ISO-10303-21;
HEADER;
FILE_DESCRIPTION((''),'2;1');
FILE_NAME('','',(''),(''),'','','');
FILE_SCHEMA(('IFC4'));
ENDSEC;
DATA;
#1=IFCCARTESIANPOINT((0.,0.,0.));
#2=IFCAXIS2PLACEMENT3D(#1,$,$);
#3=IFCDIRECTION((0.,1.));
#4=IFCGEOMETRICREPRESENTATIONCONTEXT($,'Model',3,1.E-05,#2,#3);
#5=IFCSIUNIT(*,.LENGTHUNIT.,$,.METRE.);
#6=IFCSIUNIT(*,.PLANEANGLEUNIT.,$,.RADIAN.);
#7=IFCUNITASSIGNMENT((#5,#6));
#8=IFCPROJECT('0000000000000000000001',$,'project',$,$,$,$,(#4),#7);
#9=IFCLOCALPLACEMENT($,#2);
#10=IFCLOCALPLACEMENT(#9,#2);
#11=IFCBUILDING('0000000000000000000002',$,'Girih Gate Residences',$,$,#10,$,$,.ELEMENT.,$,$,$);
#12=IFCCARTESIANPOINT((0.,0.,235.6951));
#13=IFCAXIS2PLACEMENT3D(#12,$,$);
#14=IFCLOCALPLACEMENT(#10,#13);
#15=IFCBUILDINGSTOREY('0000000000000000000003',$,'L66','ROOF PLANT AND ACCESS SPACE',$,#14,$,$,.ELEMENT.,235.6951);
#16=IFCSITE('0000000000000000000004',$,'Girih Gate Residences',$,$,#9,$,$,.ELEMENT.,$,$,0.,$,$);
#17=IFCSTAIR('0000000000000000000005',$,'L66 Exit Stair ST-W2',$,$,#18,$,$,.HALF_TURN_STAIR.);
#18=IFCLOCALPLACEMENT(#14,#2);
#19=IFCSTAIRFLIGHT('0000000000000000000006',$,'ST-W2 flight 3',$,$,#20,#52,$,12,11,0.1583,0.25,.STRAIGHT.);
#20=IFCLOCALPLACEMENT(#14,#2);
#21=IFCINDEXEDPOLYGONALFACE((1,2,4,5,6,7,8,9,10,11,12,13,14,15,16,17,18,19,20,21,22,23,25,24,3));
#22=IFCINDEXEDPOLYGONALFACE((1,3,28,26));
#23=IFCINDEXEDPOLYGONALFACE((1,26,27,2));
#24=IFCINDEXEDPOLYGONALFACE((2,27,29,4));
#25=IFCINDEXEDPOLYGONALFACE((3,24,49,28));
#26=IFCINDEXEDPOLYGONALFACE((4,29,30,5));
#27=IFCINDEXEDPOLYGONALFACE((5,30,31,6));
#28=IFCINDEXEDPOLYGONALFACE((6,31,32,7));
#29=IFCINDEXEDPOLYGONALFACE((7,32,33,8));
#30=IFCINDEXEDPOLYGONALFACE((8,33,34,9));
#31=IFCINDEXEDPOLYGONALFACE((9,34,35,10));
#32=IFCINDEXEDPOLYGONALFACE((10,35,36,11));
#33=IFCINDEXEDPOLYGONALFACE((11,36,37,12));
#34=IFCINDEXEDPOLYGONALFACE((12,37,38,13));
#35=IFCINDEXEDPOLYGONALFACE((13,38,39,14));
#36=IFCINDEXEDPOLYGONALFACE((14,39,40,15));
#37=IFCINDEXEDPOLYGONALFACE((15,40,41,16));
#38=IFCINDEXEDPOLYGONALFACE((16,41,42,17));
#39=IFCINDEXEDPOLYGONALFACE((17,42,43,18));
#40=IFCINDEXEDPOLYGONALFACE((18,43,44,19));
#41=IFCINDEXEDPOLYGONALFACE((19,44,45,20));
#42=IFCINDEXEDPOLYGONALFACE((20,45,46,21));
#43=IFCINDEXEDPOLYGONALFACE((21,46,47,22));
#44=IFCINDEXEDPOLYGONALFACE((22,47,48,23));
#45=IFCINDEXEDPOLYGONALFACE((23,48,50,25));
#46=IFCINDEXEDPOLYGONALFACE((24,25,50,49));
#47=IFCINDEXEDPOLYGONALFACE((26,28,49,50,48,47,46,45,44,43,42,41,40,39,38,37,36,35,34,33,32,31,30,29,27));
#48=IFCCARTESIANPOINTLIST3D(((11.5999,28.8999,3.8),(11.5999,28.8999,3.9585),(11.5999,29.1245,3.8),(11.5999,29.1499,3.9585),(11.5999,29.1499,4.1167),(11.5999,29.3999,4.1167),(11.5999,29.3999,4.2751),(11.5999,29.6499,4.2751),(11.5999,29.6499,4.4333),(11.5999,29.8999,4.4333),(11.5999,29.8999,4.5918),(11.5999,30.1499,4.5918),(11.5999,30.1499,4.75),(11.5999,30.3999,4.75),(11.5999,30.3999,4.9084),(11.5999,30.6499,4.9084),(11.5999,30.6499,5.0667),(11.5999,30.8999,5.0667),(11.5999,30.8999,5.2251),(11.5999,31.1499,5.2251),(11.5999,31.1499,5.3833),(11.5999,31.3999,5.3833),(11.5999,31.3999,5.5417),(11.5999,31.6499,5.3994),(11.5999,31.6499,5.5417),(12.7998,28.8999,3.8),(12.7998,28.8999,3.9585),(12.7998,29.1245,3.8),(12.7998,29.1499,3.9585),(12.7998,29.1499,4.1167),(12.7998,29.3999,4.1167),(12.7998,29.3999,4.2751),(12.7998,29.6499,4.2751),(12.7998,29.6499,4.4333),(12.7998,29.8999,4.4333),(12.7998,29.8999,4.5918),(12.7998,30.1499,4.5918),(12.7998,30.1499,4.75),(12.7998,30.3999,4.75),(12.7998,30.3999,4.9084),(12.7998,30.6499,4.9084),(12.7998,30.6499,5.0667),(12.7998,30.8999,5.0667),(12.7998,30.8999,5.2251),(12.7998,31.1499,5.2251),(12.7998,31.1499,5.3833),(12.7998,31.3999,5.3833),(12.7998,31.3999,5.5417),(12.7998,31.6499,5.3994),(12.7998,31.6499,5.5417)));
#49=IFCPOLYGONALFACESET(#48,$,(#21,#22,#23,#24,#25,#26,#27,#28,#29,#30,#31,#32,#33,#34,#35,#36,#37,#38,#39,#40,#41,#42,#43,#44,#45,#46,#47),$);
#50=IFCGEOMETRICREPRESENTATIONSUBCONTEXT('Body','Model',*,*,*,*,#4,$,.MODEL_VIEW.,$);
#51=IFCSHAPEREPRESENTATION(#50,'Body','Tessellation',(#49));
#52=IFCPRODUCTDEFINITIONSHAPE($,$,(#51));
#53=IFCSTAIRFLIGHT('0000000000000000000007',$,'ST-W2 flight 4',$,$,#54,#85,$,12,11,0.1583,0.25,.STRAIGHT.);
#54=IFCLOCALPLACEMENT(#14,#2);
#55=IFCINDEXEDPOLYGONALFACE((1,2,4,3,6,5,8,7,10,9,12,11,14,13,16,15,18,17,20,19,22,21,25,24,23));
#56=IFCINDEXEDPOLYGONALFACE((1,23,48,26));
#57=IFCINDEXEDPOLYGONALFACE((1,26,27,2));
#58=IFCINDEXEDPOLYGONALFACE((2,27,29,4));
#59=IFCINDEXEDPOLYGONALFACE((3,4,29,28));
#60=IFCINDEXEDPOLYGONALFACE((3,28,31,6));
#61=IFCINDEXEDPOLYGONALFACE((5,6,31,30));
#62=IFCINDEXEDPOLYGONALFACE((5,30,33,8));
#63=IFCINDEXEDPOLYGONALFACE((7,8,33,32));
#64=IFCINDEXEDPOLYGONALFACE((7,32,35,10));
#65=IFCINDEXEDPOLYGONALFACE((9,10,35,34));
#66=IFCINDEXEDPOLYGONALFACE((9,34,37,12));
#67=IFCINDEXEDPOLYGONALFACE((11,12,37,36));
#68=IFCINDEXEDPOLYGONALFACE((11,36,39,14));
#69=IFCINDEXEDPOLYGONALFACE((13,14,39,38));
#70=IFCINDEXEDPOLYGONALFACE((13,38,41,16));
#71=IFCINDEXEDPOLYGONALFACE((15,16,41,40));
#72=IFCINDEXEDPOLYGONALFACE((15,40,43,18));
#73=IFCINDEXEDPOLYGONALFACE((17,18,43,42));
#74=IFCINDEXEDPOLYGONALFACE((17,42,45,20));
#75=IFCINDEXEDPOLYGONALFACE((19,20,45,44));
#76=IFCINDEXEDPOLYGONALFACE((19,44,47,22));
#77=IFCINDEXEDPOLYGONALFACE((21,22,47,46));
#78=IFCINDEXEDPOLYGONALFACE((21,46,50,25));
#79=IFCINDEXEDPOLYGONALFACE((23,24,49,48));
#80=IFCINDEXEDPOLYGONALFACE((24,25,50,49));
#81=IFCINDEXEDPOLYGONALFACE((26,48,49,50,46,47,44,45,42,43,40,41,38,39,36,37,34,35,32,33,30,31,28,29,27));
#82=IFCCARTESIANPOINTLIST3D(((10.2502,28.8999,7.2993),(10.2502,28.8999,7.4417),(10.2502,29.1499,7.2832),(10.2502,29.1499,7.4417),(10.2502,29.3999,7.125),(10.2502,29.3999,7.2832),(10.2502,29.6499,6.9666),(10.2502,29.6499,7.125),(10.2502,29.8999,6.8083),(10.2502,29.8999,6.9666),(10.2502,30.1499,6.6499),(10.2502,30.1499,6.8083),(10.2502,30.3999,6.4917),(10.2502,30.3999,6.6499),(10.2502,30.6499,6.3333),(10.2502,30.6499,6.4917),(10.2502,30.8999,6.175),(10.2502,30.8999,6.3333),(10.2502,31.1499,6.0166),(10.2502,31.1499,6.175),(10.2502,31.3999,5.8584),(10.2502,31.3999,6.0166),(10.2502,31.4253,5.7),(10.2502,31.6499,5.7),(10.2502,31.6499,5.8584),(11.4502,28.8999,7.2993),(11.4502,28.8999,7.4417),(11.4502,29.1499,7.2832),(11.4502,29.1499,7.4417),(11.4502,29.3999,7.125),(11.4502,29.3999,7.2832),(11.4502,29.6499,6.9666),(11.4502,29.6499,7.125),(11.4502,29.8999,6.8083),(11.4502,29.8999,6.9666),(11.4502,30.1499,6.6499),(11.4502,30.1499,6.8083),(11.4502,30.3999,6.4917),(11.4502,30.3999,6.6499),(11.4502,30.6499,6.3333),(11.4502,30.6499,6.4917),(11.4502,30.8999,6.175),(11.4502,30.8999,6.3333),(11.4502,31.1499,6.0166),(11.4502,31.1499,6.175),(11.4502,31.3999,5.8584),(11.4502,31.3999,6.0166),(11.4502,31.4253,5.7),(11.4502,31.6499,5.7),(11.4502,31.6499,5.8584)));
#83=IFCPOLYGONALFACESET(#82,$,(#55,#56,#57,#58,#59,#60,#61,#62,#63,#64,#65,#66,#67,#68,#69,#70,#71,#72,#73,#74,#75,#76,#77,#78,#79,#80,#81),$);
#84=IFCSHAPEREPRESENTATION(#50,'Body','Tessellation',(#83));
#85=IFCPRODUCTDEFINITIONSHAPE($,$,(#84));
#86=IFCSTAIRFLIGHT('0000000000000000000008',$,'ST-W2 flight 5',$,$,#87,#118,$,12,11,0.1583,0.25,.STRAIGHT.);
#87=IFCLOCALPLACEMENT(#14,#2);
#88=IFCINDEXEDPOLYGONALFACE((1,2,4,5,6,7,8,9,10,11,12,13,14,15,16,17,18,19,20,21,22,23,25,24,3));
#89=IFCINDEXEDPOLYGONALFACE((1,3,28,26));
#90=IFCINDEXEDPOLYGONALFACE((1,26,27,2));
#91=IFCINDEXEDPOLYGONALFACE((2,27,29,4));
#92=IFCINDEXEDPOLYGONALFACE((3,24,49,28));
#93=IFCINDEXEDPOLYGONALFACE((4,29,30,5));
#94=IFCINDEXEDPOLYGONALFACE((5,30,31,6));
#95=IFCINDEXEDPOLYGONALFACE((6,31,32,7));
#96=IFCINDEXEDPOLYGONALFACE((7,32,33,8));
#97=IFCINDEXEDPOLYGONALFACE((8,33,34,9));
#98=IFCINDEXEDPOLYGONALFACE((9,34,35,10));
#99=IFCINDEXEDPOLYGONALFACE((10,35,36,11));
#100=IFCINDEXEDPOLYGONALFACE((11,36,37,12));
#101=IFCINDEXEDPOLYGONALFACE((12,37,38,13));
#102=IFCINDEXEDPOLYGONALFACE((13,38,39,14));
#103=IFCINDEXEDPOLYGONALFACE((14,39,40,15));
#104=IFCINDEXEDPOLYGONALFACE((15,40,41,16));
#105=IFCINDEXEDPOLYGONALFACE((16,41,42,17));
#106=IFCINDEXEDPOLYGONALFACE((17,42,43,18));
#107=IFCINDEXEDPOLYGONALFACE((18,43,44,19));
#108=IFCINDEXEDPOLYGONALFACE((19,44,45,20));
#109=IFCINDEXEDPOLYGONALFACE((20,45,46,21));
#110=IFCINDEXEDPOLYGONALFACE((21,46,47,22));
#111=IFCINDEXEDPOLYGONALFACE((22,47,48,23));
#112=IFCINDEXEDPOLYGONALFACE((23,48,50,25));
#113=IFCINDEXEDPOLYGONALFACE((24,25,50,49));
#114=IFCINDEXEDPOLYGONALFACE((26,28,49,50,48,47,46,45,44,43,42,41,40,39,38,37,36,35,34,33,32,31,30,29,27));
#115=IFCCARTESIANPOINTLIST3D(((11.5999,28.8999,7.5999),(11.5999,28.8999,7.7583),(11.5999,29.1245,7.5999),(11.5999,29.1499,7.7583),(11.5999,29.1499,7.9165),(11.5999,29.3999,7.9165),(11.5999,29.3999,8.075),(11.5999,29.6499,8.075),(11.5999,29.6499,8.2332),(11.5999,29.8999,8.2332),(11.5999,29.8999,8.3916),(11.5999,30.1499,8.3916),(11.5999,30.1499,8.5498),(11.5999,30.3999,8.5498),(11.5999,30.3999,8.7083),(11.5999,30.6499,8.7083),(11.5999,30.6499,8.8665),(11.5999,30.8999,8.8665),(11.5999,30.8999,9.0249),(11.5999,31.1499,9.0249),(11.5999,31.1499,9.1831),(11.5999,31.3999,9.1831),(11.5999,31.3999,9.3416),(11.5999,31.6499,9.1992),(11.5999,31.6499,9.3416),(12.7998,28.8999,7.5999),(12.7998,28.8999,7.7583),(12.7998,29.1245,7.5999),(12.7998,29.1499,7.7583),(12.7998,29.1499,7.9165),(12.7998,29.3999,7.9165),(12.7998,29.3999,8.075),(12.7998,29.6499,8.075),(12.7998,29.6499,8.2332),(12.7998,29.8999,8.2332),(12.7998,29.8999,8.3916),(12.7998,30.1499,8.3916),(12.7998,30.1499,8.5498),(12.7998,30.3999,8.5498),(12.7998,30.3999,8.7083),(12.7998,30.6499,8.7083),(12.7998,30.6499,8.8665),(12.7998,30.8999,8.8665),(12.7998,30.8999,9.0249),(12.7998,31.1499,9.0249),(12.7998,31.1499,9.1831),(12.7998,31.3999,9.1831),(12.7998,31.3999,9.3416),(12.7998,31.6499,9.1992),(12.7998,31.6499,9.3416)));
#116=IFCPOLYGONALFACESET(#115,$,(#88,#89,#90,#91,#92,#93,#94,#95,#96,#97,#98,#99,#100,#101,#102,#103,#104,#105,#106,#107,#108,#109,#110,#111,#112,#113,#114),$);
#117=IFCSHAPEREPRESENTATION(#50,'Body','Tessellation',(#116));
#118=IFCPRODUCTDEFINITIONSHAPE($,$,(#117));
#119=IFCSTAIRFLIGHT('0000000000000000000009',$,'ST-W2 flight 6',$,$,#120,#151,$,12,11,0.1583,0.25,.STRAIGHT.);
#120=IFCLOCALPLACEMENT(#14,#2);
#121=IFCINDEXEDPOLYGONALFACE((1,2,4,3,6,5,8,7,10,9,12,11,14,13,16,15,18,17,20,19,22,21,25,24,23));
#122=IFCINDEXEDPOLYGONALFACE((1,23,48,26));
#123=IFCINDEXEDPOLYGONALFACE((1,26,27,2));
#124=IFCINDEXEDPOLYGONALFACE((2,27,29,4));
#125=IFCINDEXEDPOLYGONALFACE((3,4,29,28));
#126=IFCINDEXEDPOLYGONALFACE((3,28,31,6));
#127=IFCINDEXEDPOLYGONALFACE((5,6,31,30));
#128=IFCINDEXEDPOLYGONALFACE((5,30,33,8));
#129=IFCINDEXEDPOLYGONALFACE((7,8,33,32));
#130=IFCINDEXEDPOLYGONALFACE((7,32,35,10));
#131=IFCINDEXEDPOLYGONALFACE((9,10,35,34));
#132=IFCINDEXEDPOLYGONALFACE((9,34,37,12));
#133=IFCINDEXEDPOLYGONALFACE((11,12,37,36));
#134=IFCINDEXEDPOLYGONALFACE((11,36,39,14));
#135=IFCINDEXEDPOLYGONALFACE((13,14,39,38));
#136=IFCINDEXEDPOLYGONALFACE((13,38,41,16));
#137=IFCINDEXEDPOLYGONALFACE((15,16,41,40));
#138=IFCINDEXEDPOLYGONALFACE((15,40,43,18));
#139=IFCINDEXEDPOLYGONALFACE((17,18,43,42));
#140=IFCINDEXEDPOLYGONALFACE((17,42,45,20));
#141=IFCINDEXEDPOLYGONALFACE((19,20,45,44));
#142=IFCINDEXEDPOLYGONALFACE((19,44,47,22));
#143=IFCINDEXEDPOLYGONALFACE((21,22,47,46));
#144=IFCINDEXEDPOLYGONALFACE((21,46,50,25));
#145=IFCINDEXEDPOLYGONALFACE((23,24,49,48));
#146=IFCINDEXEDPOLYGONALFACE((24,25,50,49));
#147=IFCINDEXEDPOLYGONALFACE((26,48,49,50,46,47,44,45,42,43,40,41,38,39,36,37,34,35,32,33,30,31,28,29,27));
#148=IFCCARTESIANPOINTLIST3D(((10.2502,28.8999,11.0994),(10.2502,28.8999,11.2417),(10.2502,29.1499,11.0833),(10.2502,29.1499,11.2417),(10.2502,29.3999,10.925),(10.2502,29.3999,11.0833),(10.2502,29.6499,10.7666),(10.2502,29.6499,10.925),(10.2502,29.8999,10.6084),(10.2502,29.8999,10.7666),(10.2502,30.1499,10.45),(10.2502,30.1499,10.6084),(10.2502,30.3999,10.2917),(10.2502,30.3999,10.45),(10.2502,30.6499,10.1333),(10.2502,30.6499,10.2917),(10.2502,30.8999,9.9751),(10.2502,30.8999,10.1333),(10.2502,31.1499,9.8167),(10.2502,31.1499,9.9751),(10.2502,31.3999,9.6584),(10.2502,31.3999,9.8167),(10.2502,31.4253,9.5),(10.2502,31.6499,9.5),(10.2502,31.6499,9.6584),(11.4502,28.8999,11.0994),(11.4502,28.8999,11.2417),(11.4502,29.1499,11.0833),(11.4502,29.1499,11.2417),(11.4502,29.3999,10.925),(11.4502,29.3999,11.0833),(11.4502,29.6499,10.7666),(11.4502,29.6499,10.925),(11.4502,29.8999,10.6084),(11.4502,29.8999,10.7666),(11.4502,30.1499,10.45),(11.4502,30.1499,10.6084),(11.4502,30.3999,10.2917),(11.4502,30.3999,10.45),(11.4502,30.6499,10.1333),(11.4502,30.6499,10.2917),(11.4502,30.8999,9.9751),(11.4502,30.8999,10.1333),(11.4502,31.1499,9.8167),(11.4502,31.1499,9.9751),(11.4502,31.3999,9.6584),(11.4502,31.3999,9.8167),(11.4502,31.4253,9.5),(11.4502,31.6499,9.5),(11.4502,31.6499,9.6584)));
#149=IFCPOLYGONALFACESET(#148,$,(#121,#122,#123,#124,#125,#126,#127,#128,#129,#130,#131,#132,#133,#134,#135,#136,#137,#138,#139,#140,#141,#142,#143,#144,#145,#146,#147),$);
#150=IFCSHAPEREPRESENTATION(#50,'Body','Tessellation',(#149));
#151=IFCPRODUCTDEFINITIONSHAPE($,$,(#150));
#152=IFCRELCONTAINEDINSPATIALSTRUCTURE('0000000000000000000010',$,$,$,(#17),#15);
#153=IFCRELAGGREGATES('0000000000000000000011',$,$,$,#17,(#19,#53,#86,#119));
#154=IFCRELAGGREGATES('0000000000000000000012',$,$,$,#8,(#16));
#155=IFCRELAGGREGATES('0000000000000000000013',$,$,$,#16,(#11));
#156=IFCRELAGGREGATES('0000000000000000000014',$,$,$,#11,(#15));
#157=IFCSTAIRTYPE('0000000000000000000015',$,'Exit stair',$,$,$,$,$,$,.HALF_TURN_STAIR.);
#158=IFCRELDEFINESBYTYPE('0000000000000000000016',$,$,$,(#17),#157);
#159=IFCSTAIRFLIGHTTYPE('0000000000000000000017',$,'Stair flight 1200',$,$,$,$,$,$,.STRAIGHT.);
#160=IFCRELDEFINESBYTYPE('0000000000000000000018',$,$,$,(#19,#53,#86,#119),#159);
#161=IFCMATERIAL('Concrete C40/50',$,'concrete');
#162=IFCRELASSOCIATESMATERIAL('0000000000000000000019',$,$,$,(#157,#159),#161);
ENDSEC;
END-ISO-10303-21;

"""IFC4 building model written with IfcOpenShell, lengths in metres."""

from ifc_helpers import new_model, si_unit, direction, frame, origin, place, context, subcontext, project, spatial, polyline, outline, extrude, material, type_object, element, aggregate, save


model = new_model("IFC4")

# Units and contexts
model_context = context("Model", 3, precision=1e-05, world=origin(), true_north=direction((0.0, 1.0)))
body_context = subcontext(model_context, "Body", "Model", "MODEL_VIEW")
ifc_project = project(units=[si_unit("LENGTHUNIT", "METRE"), si_unit("PLANEANGLEUNIT", "RADIAN")], contexts=[model_context])

# Site, building, storey
site_placement = place(None, origin())
site = spatial("IfcSite", under=ifc_project, at=site_placement, Name="Girih Gate Residences", CompositionType="ELEMENT", RefElevation=0.0)
building_placement = place(site_placement, origin())
building = spatial("IfcBuilding", under=site, at=building_placement, Name="Girih Gate Residences", CompositionType="ELEMENT")
storey_placement = place(building_placement, frame((0.0, 0.0, 235.6951)))
storey = spatial("IfcBuildingStorey", under=building, at=storey_placement, Name="L66", Description="ROOF PLANT AND ACCESS SPACE", CompositionType="ELEMENT", Elevation=235.6951)

# Shared definitions
ifc_material_1 = material(Name="Concrete C40/50", Category="concrete")

# Stair, stair flights
stair_type = type_object("IfcStairType", Name="Exit stair", PredefinedType="HALF_TURN_STAIR", material=ifc_material_1)
stair_placement = place(storey_placement, origin())
stair = element("IfcStair", 1, at=stair_placement, inside=storey, type_object=stair_type, Name="L66 Exit Stair ST-W2", PredefinedType="HALF_TURN_STAIR")
stair_flight_type = type_object("IfcStairFlightType", Name="Stair flight 1200", PredefinedType="STRAIGHT", material=ifc_material_1)
stair_flight_1_placement = place(storey_placement, frame((12.2, 28.8999, 3.8), z_axis=(0.0, 0.0, 1.0), x_axis=(0.0, 1.0, 0.0)))
stair_flight_1 = element("IfcStairFlight", 2, at=stair_flight_1_placement, type_object=stair_flight_type, Name="ST-W2 flight 3", NumberOfRisers=12, NumberOfTreads=11, PredefinedType="STRAIGHT", RiserHeight=0.1583, TreadLength=0.25, context=body_context, shape_type="SweptSolid", body=[
    extrude(outline(polyline([(0.0, 0.0), (0.0, 0.1584), (0.25, 0.1584), (0.25, 0.3167), (0.5, 0.3167), (0.5, 0.4751), (0.75, 0.4751), (0.75, 0.6333), (1.0, 0.6333), (1.0, 0.7917), (1.25, 0.7917), (1.25, 0.95), (1.5, 0.95), (1.5, 1.1084), (1.75, 1.1084), (1.75, 1.2666), (2.0, 1.2666), (2.0, 1.425), (2.25, 1.425), (2.25, 1.5833), (2.5, 1.5833), (2.5, 1.7417), (2.75, 1.7417), (2.75, 1.8999), (2.75, 1.5994), (0.2246, 0.0), (0.0, 0.0)])), frame((0.0, 0.6001, 0.0), z_axis=(0.0, -1.0, 0.0), x_axis=(1.0, 0.0, 0.0)), (0.0, 0.0, 1.0), 1.2),
])
stair_flight_2_placement = place(storey_placement, frame((10.8501, 31.6499, 5.7), z_axis=(0.0, 0.0, 1.0), x_axis=(0.0, -1.0, 0.0)))
stair_flight_2 = element("IfcStairFlight", 3, at=stair_flight_2_placement, type_object=stair_flight_type, Name="ST-W2 flight 4", NumberOfRisers=12, NumberOfTreads=11, PredefinedType="STRAIGHT", RiserHeight=0.1583, TreadLength=0.25, context=body_context, shape_type="SweptSolid", body=[
    extrude(outline(polyline([(0.0, 0.0), (0.0, 0.1584), (0.25, 0.1584), (0.25, 0.3167), (0.5, 0.3167), (0.5, 0.4751), (0.75, 0.4751), (0.75, 0.6333), (1.0, 0.6333), (1.0, 0.7917), (1.25, 0.7917), (1.25, 0.95), (1.5, 0.95), (1.5, 1.1084), (1.75, 1.1084), (1.75, 1.2666), (2.0, 1.2666), (2.0, 1.425), (2.25, 1.425), (2.25, 1.5833), (2.5, 1.5833), (2.5, 1.7417), (2.75, 1.7417), (2.75, 1.8999), (2.75, 1.5994), (0.2246, 0.0), (0.0, 0.0)])), frame((0.0, 0.6001, 0.0), z_axis=(0.0, -1.0, 0.0), x_axis=(1.0, 0.0, 0.0)), (0.0, 0.0, 1.0), 1.2),
])
stair_flight_3_placement = place(storey_placement, frame((12.2, 28.8999, 7.5999), z_axis=(0.0, 0.0, 1.0), x_axis=(0.0, 1.0, 0.0)))
stair_flight_3 = element("IfcStairFlight", 4, at=stair_flight_3_placement, type_object=stair_flight_type, Name="ST-W2 flight 5", NumberOfRisers=12, NumberOfTreads=11, PredefinedType="STRAIGHT", RiserHeight=0.1583, TreadLength=0.25, context=body_context, shape_type="SweptSolid", body=[
    extrude(outline(polyline([(0.0, 0.0), (0.0, 0.1584), (0.25, 0.1584), (0.25, 0.3167), (0.5, 0.3167), (0.5, 0.4751), (0.75, 0.4751), (0.75, 0.6333), (1.0, 0.6333), (1.0, 0.7917), (1.25, 0.7917), (1.25, 0.95), (1.5, 0.95), (1.5, 1.1084), (1.75, 1.1084), (1.75, 1.2666), (2.0, 1.2666), (2.0, 1.425), (2.25, 1.425), (2.25, 1.5833), (2.5, 1.5833), (2.5, 1.7417), (2.75, 1.7417), (2.75, 1.8999), (2.75, 1.5994), (0.2246, 0.0), (0.0, 0.0)])), frame((0.0, 0.6001, 0.0), z_axis=(0.0, -1.0, 0.0), x_axis=(1.0, 0.0, 0.0)), (0.0, 0.0, 1.0), 1.2),
])
stair_flight_4_placement = place(storey_placement, frame((10.8501, 31.6499, 9.5), z_axis=(0.0, 0.0, 1.0), x_axis=(0.0, -1.0, 0.0)))
stair_flight_4 = element("IfcStairFlight", 5, at=stair_flight_4_placement, type_object=stair_flight_type, Name="ST-W2 flight 6", NumberOfRisers=12, NumberOfTreads=11, PredefinedType="STRAIGHT", RiserHeight=0.1583, TreadLength=0.25, context=body_context, shape_type="SweptSolid", body=[
    extrude(outline(polyline([(0.0, 0.0), (0.0, 0.1584), (0.25, 0.1584), (0.25, 0.3167), (0.5, 0.3167), (0.5, 0.4751), (0.75, 0.4751), (0.75, 0.6333), (1.0, 0.6333), (1.0, 0.7917), (1.25, 0.7917), (1.25, 0.95), (1.5, 0.95), (1.5, 1.1084), (1.75, 1.1084), (1.75, 1.2666), (2.0, 1.2666), (2.0, 1.425), (2.25, 1.425), (2.25, 1.5833), (2.5, 1.5833), (2.5, 1.7417), (2.75, 1.7417), (2.75, 1.8999), (2.75, 1.5994), (0.2246, 0.0), (0.0, 0.0)])), frame((0.0, 0.6001, 0.0), z_axis=(0.0, -1.0, 0.0), x_axis=(1.0, 0.0, 0.0)), (0.0, 0.0, 1.0), 1.2),
])
aggregate(stair, [stair_flight_1, stair_flight_2, stair_flight_3, stair_flight_4])

save(model, "model.ifc")
